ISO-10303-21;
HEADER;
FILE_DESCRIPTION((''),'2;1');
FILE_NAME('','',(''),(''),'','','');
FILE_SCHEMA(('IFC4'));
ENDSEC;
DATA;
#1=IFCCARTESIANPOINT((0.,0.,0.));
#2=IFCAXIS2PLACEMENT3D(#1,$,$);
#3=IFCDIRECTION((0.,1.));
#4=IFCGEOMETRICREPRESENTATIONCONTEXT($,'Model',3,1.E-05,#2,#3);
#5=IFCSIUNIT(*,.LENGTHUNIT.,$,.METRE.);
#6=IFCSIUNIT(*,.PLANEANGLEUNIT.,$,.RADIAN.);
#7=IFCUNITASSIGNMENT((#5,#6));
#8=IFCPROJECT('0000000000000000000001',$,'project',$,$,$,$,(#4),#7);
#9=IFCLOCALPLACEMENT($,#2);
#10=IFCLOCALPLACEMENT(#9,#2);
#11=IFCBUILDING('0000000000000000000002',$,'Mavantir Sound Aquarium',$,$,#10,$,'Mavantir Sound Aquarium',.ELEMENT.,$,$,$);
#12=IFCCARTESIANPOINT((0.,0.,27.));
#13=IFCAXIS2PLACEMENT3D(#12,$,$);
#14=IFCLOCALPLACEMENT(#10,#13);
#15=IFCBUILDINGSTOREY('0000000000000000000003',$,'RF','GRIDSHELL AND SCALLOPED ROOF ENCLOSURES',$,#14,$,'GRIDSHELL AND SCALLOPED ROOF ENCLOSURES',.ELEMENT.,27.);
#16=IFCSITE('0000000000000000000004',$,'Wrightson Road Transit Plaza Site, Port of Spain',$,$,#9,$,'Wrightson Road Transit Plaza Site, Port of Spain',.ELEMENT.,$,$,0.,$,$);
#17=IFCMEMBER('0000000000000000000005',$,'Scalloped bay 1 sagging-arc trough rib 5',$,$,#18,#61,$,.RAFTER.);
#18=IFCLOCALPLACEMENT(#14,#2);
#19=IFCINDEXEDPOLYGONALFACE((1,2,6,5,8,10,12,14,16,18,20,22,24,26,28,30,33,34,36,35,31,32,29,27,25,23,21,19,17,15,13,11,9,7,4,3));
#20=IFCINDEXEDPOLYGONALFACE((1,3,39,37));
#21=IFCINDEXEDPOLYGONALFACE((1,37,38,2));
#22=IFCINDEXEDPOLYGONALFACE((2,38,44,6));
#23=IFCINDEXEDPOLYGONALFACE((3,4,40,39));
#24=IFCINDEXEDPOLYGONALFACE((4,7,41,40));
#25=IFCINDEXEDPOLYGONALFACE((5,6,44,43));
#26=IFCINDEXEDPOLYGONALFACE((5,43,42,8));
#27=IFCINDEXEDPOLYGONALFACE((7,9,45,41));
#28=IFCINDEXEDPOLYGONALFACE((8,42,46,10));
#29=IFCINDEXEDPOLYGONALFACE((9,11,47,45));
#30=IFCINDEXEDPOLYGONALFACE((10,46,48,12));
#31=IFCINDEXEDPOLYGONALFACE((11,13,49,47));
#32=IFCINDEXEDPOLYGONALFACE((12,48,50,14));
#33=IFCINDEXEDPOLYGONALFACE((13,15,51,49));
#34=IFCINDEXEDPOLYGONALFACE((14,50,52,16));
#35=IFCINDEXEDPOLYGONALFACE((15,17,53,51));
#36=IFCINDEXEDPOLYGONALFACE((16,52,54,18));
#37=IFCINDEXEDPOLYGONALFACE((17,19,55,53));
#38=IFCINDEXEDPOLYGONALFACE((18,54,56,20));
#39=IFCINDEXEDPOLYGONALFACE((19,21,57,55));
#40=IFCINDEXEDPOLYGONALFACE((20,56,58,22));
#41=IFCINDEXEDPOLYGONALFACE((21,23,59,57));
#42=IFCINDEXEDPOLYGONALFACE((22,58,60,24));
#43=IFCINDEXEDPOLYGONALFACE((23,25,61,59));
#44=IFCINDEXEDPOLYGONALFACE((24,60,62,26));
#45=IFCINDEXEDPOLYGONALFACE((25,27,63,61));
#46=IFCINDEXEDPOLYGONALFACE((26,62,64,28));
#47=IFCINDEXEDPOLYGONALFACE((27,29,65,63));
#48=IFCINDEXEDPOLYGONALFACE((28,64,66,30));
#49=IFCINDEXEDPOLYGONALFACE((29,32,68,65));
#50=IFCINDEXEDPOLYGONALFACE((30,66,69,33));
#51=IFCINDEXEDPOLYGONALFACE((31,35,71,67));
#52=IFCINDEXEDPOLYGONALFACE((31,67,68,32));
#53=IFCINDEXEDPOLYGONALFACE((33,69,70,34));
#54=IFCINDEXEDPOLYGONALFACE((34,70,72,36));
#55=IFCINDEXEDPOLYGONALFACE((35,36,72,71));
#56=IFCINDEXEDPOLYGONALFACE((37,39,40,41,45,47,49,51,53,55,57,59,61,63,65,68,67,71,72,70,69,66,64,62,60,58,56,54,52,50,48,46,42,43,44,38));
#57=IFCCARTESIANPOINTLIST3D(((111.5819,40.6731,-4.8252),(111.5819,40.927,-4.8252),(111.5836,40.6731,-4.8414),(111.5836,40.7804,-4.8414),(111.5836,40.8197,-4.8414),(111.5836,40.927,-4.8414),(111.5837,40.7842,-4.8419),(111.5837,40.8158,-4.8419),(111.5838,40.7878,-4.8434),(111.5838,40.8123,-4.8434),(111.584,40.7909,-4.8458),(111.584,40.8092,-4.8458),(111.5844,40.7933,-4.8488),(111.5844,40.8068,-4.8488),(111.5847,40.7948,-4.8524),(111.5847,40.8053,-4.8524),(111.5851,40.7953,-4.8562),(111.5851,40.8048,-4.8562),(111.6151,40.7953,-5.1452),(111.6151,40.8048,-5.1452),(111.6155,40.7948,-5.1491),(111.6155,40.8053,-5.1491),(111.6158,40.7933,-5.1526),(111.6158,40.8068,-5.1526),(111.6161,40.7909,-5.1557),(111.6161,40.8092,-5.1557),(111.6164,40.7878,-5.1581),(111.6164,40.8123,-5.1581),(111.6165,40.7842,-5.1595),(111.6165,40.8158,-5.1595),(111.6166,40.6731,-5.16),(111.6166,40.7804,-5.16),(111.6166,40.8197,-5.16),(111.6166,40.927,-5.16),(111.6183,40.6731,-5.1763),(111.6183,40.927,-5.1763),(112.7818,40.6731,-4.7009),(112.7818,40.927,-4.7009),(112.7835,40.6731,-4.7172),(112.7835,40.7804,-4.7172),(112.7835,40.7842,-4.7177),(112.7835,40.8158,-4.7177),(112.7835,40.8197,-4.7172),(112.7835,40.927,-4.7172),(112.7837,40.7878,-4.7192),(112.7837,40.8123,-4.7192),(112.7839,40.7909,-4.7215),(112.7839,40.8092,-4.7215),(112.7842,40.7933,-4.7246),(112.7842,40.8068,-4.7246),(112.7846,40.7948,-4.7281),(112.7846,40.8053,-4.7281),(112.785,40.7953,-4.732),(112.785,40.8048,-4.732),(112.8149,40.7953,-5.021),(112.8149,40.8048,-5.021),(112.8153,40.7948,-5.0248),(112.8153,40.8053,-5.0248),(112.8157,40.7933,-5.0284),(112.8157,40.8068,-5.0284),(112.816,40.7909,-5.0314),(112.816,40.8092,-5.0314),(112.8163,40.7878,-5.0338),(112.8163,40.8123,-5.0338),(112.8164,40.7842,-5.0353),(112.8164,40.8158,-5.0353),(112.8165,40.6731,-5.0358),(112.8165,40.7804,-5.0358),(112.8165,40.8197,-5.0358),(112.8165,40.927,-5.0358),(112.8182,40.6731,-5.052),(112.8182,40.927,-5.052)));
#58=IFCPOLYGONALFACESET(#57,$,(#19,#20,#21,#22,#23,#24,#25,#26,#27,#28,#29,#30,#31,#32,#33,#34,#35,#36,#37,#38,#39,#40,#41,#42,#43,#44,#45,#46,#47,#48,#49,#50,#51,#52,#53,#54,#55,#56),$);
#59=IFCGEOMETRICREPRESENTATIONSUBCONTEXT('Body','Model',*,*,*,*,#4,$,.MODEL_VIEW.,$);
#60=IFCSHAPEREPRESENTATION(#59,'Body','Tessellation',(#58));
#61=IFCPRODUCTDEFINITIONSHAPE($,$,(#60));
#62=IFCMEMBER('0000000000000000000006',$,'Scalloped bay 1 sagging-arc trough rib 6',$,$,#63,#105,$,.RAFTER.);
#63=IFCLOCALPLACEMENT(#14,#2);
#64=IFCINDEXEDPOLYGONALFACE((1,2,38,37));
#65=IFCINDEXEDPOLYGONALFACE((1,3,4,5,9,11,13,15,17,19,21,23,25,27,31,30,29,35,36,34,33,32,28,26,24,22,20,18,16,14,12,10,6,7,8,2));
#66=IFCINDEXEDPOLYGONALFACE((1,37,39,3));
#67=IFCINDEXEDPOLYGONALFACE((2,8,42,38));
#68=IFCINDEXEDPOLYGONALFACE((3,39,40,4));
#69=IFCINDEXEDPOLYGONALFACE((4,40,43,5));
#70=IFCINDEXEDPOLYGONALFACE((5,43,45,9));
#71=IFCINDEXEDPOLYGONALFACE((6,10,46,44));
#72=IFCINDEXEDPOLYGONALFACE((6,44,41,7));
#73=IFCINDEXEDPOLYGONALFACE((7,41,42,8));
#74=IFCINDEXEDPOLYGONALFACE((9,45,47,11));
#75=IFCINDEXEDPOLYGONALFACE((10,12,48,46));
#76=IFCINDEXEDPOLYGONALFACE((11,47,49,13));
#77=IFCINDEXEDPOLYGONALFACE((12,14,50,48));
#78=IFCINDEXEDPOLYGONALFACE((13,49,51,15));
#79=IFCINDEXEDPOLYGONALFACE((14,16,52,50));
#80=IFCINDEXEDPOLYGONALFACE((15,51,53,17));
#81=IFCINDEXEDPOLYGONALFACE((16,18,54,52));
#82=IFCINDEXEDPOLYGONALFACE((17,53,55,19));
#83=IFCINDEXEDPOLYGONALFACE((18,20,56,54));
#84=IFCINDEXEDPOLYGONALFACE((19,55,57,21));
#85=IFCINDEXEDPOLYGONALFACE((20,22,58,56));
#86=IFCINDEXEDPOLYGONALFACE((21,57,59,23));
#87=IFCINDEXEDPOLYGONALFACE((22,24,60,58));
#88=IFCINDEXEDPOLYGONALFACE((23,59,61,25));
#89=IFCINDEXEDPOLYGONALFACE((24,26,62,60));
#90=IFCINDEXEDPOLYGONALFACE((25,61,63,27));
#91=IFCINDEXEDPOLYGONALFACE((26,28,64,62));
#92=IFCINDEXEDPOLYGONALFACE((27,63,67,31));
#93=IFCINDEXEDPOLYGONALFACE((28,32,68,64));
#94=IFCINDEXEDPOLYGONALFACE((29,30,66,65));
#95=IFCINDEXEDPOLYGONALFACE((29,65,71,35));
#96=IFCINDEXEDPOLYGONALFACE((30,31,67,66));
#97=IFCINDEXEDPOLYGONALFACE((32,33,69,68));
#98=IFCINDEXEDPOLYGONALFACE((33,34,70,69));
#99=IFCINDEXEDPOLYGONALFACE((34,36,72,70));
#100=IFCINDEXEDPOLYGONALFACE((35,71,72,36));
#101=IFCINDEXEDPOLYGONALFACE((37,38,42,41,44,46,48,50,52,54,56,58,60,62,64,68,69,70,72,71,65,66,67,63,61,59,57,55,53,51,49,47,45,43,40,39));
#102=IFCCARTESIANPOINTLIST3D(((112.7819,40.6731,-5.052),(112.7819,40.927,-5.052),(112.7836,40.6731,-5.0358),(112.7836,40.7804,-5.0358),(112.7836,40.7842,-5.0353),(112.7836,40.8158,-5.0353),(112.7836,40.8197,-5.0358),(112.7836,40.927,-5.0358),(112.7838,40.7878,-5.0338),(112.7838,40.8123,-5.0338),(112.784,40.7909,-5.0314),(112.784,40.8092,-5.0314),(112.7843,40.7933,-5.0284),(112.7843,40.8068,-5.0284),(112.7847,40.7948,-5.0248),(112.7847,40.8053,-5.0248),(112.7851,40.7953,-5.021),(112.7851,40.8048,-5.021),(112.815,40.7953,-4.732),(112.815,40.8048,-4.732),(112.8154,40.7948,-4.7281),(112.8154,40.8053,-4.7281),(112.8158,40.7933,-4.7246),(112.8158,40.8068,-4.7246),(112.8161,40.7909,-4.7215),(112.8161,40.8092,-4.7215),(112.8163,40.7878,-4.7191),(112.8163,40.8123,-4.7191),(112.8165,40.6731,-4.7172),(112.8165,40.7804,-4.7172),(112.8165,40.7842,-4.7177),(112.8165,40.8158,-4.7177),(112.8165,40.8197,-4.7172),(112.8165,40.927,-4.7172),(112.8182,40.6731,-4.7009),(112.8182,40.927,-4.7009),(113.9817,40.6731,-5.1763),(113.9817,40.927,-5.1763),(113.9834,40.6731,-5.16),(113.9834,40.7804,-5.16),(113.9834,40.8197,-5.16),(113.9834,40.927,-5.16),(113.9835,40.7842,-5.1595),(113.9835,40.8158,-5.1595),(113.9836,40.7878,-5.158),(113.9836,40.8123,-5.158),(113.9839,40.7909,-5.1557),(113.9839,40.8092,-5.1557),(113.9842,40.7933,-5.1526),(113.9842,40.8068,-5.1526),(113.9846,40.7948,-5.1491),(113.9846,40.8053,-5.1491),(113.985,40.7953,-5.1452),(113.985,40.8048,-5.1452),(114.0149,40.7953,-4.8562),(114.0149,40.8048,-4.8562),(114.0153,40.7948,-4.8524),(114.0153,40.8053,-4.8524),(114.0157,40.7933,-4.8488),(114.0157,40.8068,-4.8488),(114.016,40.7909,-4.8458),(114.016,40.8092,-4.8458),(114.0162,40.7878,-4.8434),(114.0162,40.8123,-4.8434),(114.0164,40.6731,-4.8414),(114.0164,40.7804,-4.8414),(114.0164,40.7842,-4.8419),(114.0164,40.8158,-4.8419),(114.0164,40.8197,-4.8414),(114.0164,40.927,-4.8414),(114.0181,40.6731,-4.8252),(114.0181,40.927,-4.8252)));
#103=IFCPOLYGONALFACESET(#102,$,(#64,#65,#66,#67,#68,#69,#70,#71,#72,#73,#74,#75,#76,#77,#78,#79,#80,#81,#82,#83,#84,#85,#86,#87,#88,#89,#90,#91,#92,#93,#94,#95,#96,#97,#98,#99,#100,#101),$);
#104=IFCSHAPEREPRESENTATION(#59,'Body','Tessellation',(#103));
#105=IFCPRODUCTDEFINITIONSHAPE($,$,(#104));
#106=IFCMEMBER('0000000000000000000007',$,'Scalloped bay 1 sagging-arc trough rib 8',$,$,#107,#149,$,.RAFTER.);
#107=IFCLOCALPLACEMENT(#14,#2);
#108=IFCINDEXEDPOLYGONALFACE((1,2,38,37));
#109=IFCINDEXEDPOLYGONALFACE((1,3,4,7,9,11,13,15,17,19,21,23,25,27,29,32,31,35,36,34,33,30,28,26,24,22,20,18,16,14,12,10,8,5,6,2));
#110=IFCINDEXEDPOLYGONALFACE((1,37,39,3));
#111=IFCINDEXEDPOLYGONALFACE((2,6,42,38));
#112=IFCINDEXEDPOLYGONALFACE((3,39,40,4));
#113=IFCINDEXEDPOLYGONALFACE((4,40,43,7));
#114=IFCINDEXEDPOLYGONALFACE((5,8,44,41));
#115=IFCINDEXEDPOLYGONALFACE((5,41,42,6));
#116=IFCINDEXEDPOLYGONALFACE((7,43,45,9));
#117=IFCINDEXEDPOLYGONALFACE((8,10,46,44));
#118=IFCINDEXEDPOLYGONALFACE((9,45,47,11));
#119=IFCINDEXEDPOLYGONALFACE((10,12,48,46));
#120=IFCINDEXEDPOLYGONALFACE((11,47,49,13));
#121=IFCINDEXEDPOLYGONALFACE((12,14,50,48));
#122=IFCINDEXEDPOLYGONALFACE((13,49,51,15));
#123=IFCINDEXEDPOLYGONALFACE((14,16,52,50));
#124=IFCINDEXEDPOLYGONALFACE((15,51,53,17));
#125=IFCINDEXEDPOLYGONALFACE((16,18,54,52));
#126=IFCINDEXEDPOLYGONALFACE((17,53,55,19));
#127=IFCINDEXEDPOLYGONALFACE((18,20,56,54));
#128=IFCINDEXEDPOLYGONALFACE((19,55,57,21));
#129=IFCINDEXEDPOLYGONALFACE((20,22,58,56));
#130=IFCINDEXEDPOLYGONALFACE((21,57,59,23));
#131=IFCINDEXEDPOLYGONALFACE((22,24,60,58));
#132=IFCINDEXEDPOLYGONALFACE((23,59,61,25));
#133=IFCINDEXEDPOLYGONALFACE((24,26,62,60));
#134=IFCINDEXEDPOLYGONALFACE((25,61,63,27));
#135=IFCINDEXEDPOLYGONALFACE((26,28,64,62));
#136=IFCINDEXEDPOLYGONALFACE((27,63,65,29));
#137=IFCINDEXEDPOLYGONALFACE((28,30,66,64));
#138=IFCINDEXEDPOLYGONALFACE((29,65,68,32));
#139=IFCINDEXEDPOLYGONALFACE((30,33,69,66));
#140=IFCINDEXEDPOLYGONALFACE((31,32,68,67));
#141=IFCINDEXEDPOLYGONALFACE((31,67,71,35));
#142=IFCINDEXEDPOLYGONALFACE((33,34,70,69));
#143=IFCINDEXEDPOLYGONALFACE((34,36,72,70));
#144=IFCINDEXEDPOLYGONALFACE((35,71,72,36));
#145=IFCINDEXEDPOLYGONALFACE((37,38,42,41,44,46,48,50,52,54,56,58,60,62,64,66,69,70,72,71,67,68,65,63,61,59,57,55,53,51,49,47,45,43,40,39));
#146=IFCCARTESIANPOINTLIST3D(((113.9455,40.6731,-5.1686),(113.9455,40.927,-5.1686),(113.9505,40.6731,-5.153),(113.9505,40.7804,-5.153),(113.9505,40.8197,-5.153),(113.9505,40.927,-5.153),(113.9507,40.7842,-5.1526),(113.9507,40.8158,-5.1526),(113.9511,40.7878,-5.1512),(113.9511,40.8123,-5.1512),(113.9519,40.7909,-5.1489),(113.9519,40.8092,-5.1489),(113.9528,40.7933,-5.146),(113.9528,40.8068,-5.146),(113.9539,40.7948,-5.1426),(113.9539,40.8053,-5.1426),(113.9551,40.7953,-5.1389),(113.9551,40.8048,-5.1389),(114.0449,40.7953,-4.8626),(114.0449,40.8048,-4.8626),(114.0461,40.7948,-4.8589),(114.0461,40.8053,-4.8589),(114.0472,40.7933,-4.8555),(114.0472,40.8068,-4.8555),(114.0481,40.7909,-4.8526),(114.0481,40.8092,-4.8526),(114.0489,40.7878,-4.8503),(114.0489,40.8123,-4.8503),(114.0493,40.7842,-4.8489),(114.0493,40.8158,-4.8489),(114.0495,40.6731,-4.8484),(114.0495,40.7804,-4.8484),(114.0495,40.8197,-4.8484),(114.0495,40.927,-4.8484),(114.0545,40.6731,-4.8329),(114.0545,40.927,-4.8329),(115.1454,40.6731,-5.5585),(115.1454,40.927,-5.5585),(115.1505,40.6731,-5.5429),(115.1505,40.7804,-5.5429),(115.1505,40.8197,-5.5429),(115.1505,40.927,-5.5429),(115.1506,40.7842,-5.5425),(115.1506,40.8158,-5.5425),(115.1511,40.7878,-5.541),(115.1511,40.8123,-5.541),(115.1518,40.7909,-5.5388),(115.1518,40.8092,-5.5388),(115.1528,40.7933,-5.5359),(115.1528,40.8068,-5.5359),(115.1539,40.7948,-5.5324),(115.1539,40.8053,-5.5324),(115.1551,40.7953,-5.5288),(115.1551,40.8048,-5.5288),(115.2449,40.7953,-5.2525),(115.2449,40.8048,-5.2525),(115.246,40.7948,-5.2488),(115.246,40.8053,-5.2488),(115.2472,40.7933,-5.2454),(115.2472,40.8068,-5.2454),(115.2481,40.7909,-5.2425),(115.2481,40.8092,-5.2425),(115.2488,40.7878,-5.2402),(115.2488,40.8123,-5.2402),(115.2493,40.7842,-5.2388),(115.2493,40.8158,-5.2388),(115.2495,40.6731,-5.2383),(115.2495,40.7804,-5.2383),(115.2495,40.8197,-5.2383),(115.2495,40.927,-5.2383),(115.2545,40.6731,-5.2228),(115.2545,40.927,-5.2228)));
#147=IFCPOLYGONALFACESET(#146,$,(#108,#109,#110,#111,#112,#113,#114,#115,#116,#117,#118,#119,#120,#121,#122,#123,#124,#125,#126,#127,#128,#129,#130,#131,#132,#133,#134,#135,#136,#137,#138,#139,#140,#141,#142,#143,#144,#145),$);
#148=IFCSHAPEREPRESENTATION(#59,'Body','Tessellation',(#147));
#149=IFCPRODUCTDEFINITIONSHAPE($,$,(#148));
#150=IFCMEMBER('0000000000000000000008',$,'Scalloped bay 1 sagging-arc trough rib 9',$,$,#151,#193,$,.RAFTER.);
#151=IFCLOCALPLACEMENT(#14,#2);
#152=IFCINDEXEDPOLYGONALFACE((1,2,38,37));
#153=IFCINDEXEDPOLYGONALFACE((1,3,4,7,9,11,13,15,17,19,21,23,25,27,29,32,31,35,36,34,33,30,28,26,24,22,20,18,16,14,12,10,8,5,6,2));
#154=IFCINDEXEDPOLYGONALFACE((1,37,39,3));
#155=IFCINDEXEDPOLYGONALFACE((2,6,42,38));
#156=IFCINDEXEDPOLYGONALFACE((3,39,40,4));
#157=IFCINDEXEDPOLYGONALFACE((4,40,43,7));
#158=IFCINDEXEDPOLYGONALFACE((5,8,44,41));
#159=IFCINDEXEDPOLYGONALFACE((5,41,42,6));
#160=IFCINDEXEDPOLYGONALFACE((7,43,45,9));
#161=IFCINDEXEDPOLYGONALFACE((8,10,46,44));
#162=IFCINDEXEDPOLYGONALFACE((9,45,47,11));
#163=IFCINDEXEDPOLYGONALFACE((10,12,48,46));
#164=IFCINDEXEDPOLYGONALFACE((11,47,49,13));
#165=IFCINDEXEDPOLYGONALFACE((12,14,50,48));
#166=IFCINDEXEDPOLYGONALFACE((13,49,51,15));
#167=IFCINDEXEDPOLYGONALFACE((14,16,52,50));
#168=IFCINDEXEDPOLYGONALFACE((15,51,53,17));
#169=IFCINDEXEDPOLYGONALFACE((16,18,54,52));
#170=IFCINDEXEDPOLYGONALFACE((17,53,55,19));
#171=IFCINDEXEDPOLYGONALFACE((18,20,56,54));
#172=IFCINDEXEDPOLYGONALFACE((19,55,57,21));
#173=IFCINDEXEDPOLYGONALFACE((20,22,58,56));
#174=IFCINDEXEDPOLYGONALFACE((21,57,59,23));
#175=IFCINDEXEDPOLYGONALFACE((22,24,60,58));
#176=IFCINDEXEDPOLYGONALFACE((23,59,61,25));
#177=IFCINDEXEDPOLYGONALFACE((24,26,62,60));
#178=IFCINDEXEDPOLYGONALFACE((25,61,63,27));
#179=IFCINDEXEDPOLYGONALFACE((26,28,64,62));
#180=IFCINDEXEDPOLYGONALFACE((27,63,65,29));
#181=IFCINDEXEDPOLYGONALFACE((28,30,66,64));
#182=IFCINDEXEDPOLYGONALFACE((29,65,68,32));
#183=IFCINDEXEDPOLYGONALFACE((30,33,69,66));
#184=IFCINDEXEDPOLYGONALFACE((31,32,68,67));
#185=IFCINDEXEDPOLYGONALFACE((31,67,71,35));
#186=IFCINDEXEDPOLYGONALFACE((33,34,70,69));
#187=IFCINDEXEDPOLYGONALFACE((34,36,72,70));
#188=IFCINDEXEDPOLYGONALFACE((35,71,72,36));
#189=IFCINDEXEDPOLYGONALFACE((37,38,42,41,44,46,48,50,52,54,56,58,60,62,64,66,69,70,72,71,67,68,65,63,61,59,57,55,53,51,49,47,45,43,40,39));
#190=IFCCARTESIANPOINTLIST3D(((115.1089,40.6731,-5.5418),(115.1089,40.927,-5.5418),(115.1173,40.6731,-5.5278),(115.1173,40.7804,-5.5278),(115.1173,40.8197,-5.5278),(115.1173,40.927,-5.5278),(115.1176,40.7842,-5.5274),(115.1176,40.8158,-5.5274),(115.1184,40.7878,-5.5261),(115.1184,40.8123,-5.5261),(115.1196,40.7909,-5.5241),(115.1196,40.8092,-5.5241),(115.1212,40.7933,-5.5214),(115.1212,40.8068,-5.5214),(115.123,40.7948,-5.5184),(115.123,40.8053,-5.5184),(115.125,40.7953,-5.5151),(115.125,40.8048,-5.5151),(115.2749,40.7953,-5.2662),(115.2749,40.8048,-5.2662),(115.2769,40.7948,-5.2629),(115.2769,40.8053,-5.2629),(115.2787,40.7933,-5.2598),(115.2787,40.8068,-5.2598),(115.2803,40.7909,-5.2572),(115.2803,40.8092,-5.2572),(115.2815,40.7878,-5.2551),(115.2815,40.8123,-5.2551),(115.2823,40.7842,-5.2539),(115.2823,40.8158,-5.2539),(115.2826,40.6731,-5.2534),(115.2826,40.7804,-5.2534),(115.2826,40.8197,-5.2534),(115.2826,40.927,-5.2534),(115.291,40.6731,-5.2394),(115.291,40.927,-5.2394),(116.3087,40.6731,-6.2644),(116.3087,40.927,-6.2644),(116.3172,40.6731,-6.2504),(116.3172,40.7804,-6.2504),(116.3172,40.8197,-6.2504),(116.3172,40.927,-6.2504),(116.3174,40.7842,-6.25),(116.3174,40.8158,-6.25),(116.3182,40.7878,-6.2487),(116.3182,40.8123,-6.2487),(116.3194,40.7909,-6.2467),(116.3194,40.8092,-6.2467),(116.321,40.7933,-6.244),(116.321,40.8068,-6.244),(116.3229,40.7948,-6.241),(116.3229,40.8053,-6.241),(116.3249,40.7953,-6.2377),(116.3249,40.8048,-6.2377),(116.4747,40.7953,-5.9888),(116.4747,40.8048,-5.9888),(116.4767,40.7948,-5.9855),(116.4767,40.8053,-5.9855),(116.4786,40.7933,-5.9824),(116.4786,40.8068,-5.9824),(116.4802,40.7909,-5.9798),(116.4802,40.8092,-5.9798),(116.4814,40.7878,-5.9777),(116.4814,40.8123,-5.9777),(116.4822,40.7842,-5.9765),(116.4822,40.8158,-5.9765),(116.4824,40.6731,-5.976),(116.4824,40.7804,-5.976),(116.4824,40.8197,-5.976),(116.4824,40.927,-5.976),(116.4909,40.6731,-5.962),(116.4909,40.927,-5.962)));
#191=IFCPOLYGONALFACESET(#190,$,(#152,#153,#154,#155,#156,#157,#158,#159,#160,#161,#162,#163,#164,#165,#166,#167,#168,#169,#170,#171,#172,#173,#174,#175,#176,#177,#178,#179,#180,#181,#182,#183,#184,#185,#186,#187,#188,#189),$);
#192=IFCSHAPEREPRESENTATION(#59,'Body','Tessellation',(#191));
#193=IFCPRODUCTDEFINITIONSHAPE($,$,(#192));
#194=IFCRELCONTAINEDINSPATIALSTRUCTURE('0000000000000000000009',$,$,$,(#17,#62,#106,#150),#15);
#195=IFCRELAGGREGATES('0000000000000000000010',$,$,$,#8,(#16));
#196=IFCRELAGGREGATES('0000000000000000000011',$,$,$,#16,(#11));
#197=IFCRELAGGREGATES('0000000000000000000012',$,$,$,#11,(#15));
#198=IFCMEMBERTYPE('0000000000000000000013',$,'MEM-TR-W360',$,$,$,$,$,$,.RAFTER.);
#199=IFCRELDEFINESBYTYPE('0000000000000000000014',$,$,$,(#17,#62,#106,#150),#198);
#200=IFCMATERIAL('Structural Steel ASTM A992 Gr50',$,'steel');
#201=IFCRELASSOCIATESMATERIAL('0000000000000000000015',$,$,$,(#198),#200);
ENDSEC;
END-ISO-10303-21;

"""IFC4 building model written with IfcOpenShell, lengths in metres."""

from ifc_helpers import new_model, si_unit, direction, frame, origin, origin_2d, place, context, subcontext, project, spatial, i_section, extrude, material, material_profile, profile_set, type_object, element, save


model = new_model("IFC4")

# Units and contexts
model_context = context("Model", 3, precision=1e-05, world=origin(), true_north=direction((0.0, 1.0)))
body_context = subcontext(model_context, "Body", "Model", "MODEL_VIEW")
ifc_project = project(units=[si_unit("LENGTHUNIT", "METRE"), si_unit("PLANEANGLEUNIT", "RADIAN")], contexts=[model_context])

# Site, building, storey
site_placement = place(None, origin())
site = spatial("IfcSite", under=ifc_project, at=site_placement, Name="Wrightson Road Transit Plaza Site, Port of Spain", LongName="Wrightson Road Transit Plaza Site, Port of Spain", CompositionType="ELEMENT", RefElevation=0.0)
building_placement = place(site_placement, origin())
building = spatial("IfcBuilding", under=site, at=building_placement, Name="Mavantir Sound Aquarium", LongName="Mavantir Sound Aquarium", CompositionType="ELEMENT")
storey_placement = place(building_placement, frame((0.0, 0.0, 27.0)))
storey = spatial("IfcBuildingStorey", under=building, at=storey_placement, Name="RF", Description="GRIDSHELL AND SCALLOPED ROOF ENCLOSURES", LongName="GRIDSHELL AND SCALLOPED ROOF ENCLOSURES", CompositionType="ELEMENT", Elevation=27.0)

# Shared definitions
ifc_material_1 = material(Name="Structural Steel ASTM A992 Gr50", Category="steel")

# Members
ifc_material_profile_1 = material_profile(ifc_material_1, i_section(OverallWidth=0.2539, OverallDepth=0.353, WebThickness=0.0095, FlangeThickness=0.0164, FilletRadius=0.0149, at=origin_2d()), Name="W360X91")
ifc_profile_set_1 = profile_set([ifc_material_profile_1], Name="Structural Steel ASTM A992 Gr50")
member_type_1 = type_object("IfcMemberType", Name="MEM-TR-W360", PredefinedType="RAFTER", material=ifc_profile_set_1)
for number, where, z_axis, x_axis, name in (
    (1, (111.6001, 40.8, -5.0007), (0.99468, 0.0, 0.10301), (0.0, 1.0, 0.0), "Scalloped bay 1 sagging-arc trough rib 5"),
    (2, (112.8, 40.8, -4.8765), (0.99468, 0.0, -0.10301), (0.0, 1.0, 0.0), "Scalloped bay 1 sagging-arc trough rib 6"),
):
    element("IfcMember", number, at=place(storey_placement, frame(where, z_axis=z_axis, x_axis=x_axis)), inside=storey, type_object=member_type_1, Name=name, PredefinedType="RAFTER", context=body_context, shape_type="SweptSolid", body=[
        extrude(i_section(OverallWidth=0.2539, OverallDepth=0.353, WebThickness=0.0095, FlangeThickness=0.0164, FilletRadius=0.0149, at=origin_2d()), origin(), (0.0, 0.0, 1.0), 1.2063),
    ])
member_1_placement = place(storey_placement, frame((114.0, 40.8, -5.0007), z_axis=(0.951055, 0.0, -0.30902), x_axis=(0.0, 1.0, 0.0)))
element("IfcMember", 3, at=member_1_placement, inside=storey, type_object=member_type_1, Name="Scalloped bay 1 sagging-arc trough rib 8", PredefinedType="RAFTER", context=body_context, shape_type="SweptSolid", body=[
    extrude(i_section(OverallWidth=0.2539, OverallDepth=0.353, WebThickness=0.0095, FlangeThickness=0.0164, FilletRadius=0.0149, at=origin_2d()), origin(), (0.0, 0.0, 1.0), 1.2617),
])
member_2_placement = place(storey_placement, frame((115.2, 40.8, -5.3906), z_axis=(0.856646, 0.0, -0.515905), x_axis=(0.0, 1.0, 0.0)))
element("IfcMember", 4, at=member_2_placement, inside=storey, type_object=member_type_1, Name="Scalloped bay 1 sagging-arc trough rib 9", PredefinedType="RAFTER", context=body_context, shape_type="SweptSolid", body=[
    extrude(i_section(OverallWidth=0.2539, OverallDepth=0.353, WebThickness=0.0095, FlangeThickness=0.0164, FilletRadius=0.0149, at=origin_2d()), origin(), (0.0, 0.0, 1.0), 1.4006),
])

save(model, "model.ifc")
